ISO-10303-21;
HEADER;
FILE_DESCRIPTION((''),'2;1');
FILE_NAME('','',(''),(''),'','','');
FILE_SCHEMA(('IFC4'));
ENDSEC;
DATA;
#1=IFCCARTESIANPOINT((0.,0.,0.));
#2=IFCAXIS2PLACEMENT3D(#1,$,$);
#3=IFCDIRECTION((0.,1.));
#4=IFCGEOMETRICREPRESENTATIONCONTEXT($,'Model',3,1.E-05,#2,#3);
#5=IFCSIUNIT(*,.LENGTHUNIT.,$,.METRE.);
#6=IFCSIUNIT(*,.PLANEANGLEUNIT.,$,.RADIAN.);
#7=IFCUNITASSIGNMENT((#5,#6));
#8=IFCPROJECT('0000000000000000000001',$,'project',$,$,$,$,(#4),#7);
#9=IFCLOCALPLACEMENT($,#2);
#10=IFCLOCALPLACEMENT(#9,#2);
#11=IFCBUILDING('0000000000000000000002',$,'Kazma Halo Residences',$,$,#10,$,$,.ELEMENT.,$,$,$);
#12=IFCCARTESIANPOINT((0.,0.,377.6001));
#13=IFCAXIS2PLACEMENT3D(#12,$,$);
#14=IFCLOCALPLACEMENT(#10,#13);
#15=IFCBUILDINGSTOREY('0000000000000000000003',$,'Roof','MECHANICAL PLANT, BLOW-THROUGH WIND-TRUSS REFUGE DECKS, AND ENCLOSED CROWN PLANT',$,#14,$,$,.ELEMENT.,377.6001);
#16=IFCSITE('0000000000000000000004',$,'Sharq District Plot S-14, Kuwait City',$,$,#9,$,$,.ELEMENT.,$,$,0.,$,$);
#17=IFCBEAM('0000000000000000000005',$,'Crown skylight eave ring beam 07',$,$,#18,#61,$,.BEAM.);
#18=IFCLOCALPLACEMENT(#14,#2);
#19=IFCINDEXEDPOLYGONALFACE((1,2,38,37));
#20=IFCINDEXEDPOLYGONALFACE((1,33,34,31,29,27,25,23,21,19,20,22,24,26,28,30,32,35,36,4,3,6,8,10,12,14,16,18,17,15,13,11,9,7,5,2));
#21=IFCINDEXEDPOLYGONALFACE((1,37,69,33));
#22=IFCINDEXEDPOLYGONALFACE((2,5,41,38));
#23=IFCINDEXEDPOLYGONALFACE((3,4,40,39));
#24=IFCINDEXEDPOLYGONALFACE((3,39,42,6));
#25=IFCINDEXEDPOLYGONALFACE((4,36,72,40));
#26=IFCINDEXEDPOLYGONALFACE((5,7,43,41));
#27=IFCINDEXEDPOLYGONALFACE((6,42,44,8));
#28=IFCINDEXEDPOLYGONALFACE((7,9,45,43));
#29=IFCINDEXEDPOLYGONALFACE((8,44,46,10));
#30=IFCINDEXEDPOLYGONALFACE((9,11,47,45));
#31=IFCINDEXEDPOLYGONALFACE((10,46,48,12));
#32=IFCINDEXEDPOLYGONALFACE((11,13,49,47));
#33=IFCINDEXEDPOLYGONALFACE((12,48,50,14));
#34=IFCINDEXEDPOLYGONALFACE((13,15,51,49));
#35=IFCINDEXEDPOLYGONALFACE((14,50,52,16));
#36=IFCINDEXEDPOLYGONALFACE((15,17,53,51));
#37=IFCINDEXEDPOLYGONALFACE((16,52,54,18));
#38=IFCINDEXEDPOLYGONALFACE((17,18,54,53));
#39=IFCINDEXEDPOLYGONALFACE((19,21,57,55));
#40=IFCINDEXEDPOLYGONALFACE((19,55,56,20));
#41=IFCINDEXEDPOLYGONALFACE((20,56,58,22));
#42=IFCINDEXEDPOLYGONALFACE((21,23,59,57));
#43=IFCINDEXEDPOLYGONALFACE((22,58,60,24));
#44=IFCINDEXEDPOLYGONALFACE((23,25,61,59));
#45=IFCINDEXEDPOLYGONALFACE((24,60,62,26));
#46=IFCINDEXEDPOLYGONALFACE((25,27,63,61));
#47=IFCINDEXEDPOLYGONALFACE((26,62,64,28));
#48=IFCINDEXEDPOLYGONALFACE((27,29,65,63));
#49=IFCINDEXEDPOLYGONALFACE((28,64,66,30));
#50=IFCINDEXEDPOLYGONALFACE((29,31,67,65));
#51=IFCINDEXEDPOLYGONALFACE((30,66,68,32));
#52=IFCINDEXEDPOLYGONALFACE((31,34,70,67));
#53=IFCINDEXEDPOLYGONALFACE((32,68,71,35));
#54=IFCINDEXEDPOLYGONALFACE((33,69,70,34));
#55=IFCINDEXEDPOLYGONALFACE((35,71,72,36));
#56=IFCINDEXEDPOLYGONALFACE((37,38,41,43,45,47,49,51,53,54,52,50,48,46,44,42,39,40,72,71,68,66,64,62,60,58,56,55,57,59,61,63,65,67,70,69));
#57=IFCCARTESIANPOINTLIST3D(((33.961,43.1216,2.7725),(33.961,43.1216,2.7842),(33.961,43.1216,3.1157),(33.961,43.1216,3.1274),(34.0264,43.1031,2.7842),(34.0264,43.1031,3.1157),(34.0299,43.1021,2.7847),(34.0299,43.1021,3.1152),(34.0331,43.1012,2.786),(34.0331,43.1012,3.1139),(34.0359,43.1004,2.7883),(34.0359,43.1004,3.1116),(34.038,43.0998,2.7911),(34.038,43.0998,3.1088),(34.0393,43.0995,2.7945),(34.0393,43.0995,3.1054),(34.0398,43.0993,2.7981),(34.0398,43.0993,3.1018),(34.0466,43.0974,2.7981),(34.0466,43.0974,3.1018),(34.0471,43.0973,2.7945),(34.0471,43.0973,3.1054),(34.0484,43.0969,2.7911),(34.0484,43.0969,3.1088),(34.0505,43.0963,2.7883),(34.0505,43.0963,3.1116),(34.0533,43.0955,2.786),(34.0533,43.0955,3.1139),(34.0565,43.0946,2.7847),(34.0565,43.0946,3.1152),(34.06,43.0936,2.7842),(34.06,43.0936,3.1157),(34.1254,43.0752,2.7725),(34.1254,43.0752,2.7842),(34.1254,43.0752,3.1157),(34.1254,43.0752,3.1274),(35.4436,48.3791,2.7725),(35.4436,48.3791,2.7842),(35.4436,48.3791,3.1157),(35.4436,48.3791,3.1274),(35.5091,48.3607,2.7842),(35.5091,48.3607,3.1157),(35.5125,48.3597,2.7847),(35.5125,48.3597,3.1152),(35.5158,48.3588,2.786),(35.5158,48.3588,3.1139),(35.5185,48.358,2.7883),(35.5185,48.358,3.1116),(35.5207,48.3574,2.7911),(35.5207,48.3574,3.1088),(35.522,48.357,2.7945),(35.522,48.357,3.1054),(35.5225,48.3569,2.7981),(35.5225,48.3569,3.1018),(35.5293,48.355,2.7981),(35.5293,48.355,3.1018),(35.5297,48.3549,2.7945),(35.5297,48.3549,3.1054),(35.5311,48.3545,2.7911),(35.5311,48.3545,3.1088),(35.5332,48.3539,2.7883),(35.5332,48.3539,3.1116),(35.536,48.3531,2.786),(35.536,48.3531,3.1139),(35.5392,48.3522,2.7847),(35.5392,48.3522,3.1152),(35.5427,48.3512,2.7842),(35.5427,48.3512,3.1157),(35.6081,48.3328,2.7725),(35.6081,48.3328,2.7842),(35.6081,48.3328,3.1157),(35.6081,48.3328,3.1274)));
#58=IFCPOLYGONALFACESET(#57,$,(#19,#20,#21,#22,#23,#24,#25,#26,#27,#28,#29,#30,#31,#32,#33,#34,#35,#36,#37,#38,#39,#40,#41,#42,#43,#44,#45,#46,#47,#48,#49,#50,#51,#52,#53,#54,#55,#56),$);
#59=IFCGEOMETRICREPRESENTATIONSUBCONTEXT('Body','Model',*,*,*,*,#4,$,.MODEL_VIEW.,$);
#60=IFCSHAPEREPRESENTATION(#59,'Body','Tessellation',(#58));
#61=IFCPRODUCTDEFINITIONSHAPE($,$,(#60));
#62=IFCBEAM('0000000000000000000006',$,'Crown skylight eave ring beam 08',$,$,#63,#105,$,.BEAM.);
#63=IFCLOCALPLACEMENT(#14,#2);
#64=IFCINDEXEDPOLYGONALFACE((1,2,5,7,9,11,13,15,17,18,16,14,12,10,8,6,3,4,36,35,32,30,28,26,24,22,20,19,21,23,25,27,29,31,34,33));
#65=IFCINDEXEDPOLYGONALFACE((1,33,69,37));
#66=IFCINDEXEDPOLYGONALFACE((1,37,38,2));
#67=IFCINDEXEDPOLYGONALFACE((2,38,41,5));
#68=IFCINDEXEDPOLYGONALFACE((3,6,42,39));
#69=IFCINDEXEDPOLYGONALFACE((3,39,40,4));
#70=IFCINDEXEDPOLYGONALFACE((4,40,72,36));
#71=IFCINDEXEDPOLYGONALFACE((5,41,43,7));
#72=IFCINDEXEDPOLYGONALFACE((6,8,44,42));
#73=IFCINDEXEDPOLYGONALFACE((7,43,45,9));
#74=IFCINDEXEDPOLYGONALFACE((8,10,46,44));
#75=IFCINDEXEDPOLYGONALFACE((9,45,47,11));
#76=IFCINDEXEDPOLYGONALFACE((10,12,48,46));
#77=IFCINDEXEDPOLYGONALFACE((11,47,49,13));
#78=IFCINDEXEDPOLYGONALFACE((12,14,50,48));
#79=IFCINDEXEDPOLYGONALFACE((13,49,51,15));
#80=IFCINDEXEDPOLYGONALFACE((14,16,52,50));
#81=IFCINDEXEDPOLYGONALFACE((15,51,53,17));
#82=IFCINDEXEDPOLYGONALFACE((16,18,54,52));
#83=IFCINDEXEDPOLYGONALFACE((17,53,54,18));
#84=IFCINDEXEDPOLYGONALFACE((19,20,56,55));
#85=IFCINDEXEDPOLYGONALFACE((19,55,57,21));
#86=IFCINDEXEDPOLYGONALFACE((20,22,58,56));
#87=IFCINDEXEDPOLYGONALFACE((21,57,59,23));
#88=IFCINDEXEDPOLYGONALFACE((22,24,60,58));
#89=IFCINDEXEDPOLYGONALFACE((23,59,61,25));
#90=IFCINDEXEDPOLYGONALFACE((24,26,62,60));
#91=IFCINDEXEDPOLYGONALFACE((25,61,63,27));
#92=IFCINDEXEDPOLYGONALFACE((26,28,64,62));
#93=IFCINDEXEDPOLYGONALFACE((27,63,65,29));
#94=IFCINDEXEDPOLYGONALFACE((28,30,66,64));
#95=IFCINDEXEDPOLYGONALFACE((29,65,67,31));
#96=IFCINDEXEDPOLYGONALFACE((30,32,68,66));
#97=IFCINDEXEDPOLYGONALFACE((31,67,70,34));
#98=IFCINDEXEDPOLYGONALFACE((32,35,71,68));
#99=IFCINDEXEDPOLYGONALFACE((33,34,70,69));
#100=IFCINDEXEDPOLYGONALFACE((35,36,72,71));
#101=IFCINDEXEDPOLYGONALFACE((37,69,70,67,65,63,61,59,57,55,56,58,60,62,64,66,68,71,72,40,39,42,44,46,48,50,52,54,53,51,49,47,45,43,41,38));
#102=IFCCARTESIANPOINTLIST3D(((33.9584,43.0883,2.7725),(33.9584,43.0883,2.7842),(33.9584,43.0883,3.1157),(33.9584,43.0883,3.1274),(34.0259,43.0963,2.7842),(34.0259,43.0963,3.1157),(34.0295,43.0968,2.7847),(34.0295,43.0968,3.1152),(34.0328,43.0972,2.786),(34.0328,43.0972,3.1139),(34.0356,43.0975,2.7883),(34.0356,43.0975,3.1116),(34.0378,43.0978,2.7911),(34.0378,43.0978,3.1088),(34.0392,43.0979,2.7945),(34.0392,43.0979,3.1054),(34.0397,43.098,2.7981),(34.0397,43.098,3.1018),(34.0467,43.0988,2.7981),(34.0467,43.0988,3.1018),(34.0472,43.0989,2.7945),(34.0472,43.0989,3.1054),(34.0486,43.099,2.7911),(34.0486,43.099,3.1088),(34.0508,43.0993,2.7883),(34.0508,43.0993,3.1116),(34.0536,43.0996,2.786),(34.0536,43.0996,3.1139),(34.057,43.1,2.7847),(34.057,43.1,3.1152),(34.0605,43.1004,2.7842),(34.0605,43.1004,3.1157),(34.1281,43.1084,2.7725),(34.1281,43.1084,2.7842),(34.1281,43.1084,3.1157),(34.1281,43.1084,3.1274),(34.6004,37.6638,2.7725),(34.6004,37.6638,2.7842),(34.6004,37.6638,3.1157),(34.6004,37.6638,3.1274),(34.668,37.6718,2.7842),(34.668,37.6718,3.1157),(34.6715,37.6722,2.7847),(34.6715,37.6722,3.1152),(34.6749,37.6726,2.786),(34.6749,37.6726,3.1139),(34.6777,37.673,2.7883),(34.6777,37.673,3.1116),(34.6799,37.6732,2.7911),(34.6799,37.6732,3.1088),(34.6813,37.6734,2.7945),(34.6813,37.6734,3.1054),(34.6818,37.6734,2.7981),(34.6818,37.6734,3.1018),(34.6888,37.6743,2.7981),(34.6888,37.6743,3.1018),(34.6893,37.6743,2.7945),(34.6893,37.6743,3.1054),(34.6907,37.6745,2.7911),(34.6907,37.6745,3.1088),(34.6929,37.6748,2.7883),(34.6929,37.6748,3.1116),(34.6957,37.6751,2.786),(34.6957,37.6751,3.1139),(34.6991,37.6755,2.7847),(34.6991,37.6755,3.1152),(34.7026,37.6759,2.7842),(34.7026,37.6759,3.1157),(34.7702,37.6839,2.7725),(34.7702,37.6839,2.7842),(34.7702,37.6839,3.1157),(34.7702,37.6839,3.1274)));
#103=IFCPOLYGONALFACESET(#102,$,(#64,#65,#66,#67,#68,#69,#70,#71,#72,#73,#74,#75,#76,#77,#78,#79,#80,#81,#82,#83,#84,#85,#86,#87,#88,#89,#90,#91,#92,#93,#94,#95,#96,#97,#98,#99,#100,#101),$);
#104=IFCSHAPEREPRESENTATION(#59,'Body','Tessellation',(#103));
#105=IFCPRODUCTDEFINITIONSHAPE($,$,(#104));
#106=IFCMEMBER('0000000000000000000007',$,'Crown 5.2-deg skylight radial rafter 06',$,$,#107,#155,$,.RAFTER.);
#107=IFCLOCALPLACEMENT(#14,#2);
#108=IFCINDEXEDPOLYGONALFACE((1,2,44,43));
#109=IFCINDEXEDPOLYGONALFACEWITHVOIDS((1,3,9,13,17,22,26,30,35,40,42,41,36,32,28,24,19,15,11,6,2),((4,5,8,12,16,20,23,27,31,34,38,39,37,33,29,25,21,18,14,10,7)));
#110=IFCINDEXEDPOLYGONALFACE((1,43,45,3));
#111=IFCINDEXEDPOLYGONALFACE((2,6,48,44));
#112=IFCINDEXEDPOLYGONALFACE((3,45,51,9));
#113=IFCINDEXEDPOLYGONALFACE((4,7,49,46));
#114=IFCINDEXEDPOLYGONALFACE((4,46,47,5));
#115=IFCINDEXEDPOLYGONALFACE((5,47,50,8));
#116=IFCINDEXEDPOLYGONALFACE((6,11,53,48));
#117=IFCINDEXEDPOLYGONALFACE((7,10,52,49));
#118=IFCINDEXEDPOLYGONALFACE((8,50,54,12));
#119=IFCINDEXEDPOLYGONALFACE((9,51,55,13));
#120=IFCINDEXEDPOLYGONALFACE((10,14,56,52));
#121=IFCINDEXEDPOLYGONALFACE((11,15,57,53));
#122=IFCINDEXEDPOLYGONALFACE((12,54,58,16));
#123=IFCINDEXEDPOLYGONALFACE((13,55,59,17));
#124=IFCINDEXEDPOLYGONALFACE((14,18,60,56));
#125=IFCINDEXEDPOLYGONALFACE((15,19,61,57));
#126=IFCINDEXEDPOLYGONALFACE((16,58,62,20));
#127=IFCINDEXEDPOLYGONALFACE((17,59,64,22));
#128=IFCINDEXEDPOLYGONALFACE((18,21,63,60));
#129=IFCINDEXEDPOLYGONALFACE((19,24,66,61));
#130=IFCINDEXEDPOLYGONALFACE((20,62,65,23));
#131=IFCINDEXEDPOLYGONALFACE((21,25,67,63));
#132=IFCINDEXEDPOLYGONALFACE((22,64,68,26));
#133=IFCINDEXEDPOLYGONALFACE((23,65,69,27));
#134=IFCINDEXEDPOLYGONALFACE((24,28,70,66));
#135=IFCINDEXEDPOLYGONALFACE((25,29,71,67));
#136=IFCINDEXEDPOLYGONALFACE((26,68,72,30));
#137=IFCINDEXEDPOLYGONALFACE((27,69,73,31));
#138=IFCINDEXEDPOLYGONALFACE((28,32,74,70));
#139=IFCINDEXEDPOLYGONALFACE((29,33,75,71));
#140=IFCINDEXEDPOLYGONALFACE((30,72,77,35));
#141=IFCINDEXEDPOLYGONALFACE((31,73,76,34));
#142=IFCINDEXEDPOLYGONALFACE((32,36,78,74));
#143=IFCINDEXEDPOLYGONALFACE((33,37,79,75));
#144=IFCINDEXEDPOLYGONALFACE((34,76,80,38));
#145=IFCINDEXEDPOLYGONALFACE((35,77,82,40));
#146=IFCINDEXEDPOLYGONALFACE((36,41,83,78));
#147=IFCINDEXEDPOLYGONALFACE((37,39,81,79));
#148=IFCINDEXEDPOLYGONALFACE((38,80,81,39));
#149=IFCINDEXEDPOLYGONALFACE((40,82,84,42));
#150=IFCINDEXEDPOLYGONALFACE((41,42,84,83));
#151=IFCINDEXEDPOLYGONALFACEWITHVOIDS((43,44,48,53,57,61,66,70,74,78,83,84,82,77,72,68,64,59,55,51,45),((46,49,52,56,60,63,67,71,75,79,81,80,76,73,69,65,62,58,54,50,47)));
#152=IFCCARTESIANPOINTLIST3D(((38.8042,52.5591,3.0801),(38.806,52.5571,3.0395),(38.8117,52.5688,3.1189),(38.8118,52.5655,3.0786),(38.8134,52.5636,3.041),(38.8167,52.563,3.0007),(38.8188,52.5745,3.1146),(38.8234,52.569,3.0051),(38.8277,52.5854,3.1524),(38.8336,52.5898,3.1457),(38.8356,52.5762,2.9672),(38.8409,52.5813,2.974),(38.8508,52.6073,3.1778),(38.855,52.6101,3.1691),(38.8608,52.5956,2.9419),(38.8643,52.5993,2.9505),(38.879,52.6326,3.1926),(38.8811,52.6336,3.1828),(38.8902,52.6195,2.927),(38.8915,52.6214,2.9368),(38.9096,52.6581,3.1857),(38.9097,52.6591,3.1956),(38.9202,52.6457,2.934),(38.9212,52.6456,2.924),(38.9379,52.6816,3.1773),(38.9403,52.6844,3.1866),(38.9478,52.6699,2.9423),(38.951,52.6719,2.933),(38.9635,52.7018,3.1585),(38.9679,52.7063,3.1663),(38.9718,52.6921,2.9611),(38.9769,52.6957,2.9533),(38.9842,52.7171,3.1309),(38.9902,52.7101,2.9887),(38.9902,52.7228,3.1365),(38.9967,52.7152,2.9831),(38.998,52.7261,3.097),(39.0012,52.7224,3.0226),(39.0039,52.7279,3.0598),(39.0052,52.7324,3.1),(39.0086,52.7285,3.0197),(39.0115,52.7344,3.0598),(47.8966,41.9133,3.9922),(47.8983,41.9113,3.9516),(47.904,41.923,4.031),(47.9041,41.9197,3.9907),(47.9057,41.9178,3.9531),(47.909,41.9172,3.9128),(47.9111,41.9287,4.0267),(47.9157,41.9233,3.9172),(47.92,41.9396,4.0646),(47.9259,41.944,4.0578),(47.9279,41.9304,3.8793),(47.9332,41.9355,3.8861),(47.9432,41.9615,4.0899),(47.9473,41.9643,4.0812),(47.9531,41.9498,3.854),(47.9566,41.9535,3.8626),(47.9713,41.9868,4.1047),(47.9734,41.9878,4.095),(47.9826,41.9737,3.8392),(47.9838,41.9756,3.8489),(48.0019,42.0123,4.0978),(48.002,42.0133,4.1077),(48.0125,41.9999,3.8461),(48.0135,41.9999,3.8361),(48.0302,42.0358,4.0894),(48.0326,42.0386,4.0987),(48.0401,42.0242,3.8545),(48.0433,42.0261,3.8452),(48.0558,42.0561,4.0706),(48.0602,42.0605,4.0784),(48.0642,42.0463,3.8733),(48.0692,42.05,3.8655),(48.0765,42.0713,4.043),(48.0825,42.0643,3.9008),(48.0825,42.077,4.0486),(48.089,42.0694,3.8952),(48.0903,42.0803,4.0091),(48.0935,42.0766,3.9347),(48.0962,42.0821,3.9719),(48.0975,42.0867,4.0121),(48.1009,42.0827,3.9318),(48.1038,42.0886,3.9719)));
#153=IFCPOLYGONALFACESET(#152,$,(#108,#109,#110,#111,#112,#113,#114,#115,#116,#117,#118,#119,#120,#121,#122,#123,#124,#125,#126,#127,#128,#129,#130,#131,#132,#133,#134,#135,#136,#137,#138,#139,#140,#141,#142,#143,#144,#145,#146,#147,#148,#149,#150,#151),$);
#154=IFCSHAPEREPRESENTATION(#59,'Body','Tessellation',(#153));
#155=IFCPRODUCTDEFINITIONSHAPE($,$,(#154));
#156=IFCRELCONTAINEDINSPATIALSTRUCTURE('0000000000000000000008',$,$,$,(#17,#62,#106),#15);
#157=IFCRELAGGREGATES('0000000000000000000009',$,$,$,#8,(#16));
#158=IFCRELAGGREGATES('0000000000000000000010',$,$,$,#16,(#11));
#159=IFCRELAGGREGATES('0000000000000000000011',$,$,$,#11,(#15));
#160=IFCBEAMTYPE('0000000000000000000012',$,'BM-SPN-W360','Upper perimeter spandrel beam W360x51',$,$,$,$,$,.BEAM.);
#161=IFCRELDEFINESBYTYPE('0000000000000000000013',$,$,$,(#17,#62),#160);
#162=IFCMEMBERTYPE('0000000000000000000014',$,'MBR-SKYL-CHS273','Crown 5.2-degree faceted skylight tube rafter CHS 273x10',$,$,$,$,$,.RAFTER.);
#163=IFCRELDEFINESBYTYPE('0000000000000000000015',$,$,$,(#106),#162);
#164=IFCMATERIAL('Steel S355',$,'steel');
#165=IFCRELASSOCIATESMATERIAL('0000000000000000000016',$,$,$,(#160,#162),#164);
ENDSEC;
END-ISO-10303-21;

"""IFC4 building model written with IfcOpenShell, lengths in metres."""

from ifc_helpers import new_model, si_unit, direction, frame, origin, origin_2d, place, context, subcontext, project, spatial, hollow_circle, i_section, extrude, material, material_profile, profile_set, type_object, element, save


model = new_model("IFC4")

# Units and contexts
model_context = context("Model", 3, precision=1e-05, world=origin(), true_north=direction((0.0, 1.0)))
body_context = subcontext(model_context, "Body", "Model", "MODEL_VIEW")
ifc_project = project(units=[si_unit("LENGTHUNIT", "METRE"), si_unit("PLANEANGLEUNIT", "RADIAN")], contexts=[model_context])

# Site, building, storey
site_placement = place(None, origin())
site = spatial("IfcSite", under=ifc_project, at=site_placement, Name="Sharq District Plot S-14, Kuwait City", CompositionType="ELEMENT", RefElevation=0.0)
building_placement = place(site_placement, origin())
building = spatial("IfcBuilding", under=site, at=building_placement, Name="Kazma Halo Residences", CompositionType="ELEMENT")
storey_placement = place(building_placement, frame((0.0, 0.0, 377.6001)))
storey = spatial("IfcBuildingStorey", under=building, at=storey_placement, Name="Roof", Description="MECHANICAL PLANT, BLOW-THROUGH WIND-TRUSS REFUGE DECKS, AND ENCLOSED CROWN PLANT", CompositionType="ELEMENT", Elevation=377.6001)

# Shared definitions
ifc_material_1 = material(Name="Steel S355", Category="steel")

# Beams
ifc_material_profile_1 = material_profile(ifc_material_1, i_section(OverallWidth=0.1709, OverallDepth=0.355, WebThickness=0.0071, FlangeThickness=0.0117, FilletRadius=0.0139, at=origin_2d()), Name="W360x51")
ifc_profile_set_1 = profile_set([ifc_material_profile_1], Name="Steel S355")
beam_type_1 = type_object("IfcBeamType", Name="BM-SPN-W360", Description="Upper perimeter spandrel beam W360x51", PredefinedType="BEAM", material=ifc_profile_set_1)
beam_1_placement = place(storey_placement, frame((35.5259, 48.356, 2.95), z_axis=(-0.27142, -0.962461, 0.0), x_axis=(0.962461, -0.27142, 0.0)))
element("IfcBeam", 1, at=beam_1_placement, inside=storey, type_object=beam_type_1, Name="Crown skylight eave ring beam 07", PredefinedType="BEAM", context=body_context, shape_type="SweptSolid", body=[
    extrude(i_section(OverallWidth=0.1709, OverallDepth=0.355, WebThickness=0.0071, FlangeThickness=0.0117, FilletRadius=0.0139, at=origin_2d()), origin(), (0.0, 0.0, 1.0), 5.4626),
])
beam_2_placement = place(storey_placement, frame((34.0432, 43.0984, 2.95), z_axis=(0.117547, -0.993067, 0.0), x_axis=(0.993067, 0.117547, 0.0)))
element("IfcBeam", 2, at=beam_2_placement, inside=storey, type_object=beam_type_1, Name="Crown skylight eave ring beam 08", PredefinedType="BEAM", context=body_context, shape_type="SweptSolid", body=[
    extrude(i_section(OverallWidth=0.1709, OverallDepth=0.355, WebThickness=0.0071, FlangeThickness=0.0117, FilletRadius=0.0139, at=origin_2d()), origin(), (0.0, 0.0, 1.0), 5.4624),
])

# Member
ifc_material_profile_2 = material_profile(ifc_material_1, hollow_circle(Radius=0.1365, WallThickness=0.01, at=origin_2d()), Name="CHS273x10")
ifc_profile_set_2 = profile_set([ifc_material_profile_2], Name="Steel S355")
member_type = type_object("IfcMemberType", Name="MBR-SKYL-CHS273", Description="Crown 5.2-degree faceted skylight tube rafter CHS 273x10", PredefinedType="RAFTER", material=ifc_profile_set_2)
for number, where, z_axis, x_axis, name in (
    (3, (38.9077, 52.6458, 3.0598), (0.648072, -0.758799, 0.065013), (0.760408, 0.649446, 0.0), "Crown 5.2-deg skylight radial rafter 06"),
):
    element("IfcMember", number, at=place(storey_placement, frame(where, z_axis=z_axis, x_axis=x_axis)), inside=storey, type_object=member_type, Name=name, PredefinedType="RAFTER", context=body_context, shape_type="SweptSolid", body=[
        extrude(hollow_circle(Radius=0.1365, WallThickness=0.01, at=origin_2d()), origin(), (0.0, 0.0, 1.0), 14.0298),
    ])

save(model, "model.ifc")
